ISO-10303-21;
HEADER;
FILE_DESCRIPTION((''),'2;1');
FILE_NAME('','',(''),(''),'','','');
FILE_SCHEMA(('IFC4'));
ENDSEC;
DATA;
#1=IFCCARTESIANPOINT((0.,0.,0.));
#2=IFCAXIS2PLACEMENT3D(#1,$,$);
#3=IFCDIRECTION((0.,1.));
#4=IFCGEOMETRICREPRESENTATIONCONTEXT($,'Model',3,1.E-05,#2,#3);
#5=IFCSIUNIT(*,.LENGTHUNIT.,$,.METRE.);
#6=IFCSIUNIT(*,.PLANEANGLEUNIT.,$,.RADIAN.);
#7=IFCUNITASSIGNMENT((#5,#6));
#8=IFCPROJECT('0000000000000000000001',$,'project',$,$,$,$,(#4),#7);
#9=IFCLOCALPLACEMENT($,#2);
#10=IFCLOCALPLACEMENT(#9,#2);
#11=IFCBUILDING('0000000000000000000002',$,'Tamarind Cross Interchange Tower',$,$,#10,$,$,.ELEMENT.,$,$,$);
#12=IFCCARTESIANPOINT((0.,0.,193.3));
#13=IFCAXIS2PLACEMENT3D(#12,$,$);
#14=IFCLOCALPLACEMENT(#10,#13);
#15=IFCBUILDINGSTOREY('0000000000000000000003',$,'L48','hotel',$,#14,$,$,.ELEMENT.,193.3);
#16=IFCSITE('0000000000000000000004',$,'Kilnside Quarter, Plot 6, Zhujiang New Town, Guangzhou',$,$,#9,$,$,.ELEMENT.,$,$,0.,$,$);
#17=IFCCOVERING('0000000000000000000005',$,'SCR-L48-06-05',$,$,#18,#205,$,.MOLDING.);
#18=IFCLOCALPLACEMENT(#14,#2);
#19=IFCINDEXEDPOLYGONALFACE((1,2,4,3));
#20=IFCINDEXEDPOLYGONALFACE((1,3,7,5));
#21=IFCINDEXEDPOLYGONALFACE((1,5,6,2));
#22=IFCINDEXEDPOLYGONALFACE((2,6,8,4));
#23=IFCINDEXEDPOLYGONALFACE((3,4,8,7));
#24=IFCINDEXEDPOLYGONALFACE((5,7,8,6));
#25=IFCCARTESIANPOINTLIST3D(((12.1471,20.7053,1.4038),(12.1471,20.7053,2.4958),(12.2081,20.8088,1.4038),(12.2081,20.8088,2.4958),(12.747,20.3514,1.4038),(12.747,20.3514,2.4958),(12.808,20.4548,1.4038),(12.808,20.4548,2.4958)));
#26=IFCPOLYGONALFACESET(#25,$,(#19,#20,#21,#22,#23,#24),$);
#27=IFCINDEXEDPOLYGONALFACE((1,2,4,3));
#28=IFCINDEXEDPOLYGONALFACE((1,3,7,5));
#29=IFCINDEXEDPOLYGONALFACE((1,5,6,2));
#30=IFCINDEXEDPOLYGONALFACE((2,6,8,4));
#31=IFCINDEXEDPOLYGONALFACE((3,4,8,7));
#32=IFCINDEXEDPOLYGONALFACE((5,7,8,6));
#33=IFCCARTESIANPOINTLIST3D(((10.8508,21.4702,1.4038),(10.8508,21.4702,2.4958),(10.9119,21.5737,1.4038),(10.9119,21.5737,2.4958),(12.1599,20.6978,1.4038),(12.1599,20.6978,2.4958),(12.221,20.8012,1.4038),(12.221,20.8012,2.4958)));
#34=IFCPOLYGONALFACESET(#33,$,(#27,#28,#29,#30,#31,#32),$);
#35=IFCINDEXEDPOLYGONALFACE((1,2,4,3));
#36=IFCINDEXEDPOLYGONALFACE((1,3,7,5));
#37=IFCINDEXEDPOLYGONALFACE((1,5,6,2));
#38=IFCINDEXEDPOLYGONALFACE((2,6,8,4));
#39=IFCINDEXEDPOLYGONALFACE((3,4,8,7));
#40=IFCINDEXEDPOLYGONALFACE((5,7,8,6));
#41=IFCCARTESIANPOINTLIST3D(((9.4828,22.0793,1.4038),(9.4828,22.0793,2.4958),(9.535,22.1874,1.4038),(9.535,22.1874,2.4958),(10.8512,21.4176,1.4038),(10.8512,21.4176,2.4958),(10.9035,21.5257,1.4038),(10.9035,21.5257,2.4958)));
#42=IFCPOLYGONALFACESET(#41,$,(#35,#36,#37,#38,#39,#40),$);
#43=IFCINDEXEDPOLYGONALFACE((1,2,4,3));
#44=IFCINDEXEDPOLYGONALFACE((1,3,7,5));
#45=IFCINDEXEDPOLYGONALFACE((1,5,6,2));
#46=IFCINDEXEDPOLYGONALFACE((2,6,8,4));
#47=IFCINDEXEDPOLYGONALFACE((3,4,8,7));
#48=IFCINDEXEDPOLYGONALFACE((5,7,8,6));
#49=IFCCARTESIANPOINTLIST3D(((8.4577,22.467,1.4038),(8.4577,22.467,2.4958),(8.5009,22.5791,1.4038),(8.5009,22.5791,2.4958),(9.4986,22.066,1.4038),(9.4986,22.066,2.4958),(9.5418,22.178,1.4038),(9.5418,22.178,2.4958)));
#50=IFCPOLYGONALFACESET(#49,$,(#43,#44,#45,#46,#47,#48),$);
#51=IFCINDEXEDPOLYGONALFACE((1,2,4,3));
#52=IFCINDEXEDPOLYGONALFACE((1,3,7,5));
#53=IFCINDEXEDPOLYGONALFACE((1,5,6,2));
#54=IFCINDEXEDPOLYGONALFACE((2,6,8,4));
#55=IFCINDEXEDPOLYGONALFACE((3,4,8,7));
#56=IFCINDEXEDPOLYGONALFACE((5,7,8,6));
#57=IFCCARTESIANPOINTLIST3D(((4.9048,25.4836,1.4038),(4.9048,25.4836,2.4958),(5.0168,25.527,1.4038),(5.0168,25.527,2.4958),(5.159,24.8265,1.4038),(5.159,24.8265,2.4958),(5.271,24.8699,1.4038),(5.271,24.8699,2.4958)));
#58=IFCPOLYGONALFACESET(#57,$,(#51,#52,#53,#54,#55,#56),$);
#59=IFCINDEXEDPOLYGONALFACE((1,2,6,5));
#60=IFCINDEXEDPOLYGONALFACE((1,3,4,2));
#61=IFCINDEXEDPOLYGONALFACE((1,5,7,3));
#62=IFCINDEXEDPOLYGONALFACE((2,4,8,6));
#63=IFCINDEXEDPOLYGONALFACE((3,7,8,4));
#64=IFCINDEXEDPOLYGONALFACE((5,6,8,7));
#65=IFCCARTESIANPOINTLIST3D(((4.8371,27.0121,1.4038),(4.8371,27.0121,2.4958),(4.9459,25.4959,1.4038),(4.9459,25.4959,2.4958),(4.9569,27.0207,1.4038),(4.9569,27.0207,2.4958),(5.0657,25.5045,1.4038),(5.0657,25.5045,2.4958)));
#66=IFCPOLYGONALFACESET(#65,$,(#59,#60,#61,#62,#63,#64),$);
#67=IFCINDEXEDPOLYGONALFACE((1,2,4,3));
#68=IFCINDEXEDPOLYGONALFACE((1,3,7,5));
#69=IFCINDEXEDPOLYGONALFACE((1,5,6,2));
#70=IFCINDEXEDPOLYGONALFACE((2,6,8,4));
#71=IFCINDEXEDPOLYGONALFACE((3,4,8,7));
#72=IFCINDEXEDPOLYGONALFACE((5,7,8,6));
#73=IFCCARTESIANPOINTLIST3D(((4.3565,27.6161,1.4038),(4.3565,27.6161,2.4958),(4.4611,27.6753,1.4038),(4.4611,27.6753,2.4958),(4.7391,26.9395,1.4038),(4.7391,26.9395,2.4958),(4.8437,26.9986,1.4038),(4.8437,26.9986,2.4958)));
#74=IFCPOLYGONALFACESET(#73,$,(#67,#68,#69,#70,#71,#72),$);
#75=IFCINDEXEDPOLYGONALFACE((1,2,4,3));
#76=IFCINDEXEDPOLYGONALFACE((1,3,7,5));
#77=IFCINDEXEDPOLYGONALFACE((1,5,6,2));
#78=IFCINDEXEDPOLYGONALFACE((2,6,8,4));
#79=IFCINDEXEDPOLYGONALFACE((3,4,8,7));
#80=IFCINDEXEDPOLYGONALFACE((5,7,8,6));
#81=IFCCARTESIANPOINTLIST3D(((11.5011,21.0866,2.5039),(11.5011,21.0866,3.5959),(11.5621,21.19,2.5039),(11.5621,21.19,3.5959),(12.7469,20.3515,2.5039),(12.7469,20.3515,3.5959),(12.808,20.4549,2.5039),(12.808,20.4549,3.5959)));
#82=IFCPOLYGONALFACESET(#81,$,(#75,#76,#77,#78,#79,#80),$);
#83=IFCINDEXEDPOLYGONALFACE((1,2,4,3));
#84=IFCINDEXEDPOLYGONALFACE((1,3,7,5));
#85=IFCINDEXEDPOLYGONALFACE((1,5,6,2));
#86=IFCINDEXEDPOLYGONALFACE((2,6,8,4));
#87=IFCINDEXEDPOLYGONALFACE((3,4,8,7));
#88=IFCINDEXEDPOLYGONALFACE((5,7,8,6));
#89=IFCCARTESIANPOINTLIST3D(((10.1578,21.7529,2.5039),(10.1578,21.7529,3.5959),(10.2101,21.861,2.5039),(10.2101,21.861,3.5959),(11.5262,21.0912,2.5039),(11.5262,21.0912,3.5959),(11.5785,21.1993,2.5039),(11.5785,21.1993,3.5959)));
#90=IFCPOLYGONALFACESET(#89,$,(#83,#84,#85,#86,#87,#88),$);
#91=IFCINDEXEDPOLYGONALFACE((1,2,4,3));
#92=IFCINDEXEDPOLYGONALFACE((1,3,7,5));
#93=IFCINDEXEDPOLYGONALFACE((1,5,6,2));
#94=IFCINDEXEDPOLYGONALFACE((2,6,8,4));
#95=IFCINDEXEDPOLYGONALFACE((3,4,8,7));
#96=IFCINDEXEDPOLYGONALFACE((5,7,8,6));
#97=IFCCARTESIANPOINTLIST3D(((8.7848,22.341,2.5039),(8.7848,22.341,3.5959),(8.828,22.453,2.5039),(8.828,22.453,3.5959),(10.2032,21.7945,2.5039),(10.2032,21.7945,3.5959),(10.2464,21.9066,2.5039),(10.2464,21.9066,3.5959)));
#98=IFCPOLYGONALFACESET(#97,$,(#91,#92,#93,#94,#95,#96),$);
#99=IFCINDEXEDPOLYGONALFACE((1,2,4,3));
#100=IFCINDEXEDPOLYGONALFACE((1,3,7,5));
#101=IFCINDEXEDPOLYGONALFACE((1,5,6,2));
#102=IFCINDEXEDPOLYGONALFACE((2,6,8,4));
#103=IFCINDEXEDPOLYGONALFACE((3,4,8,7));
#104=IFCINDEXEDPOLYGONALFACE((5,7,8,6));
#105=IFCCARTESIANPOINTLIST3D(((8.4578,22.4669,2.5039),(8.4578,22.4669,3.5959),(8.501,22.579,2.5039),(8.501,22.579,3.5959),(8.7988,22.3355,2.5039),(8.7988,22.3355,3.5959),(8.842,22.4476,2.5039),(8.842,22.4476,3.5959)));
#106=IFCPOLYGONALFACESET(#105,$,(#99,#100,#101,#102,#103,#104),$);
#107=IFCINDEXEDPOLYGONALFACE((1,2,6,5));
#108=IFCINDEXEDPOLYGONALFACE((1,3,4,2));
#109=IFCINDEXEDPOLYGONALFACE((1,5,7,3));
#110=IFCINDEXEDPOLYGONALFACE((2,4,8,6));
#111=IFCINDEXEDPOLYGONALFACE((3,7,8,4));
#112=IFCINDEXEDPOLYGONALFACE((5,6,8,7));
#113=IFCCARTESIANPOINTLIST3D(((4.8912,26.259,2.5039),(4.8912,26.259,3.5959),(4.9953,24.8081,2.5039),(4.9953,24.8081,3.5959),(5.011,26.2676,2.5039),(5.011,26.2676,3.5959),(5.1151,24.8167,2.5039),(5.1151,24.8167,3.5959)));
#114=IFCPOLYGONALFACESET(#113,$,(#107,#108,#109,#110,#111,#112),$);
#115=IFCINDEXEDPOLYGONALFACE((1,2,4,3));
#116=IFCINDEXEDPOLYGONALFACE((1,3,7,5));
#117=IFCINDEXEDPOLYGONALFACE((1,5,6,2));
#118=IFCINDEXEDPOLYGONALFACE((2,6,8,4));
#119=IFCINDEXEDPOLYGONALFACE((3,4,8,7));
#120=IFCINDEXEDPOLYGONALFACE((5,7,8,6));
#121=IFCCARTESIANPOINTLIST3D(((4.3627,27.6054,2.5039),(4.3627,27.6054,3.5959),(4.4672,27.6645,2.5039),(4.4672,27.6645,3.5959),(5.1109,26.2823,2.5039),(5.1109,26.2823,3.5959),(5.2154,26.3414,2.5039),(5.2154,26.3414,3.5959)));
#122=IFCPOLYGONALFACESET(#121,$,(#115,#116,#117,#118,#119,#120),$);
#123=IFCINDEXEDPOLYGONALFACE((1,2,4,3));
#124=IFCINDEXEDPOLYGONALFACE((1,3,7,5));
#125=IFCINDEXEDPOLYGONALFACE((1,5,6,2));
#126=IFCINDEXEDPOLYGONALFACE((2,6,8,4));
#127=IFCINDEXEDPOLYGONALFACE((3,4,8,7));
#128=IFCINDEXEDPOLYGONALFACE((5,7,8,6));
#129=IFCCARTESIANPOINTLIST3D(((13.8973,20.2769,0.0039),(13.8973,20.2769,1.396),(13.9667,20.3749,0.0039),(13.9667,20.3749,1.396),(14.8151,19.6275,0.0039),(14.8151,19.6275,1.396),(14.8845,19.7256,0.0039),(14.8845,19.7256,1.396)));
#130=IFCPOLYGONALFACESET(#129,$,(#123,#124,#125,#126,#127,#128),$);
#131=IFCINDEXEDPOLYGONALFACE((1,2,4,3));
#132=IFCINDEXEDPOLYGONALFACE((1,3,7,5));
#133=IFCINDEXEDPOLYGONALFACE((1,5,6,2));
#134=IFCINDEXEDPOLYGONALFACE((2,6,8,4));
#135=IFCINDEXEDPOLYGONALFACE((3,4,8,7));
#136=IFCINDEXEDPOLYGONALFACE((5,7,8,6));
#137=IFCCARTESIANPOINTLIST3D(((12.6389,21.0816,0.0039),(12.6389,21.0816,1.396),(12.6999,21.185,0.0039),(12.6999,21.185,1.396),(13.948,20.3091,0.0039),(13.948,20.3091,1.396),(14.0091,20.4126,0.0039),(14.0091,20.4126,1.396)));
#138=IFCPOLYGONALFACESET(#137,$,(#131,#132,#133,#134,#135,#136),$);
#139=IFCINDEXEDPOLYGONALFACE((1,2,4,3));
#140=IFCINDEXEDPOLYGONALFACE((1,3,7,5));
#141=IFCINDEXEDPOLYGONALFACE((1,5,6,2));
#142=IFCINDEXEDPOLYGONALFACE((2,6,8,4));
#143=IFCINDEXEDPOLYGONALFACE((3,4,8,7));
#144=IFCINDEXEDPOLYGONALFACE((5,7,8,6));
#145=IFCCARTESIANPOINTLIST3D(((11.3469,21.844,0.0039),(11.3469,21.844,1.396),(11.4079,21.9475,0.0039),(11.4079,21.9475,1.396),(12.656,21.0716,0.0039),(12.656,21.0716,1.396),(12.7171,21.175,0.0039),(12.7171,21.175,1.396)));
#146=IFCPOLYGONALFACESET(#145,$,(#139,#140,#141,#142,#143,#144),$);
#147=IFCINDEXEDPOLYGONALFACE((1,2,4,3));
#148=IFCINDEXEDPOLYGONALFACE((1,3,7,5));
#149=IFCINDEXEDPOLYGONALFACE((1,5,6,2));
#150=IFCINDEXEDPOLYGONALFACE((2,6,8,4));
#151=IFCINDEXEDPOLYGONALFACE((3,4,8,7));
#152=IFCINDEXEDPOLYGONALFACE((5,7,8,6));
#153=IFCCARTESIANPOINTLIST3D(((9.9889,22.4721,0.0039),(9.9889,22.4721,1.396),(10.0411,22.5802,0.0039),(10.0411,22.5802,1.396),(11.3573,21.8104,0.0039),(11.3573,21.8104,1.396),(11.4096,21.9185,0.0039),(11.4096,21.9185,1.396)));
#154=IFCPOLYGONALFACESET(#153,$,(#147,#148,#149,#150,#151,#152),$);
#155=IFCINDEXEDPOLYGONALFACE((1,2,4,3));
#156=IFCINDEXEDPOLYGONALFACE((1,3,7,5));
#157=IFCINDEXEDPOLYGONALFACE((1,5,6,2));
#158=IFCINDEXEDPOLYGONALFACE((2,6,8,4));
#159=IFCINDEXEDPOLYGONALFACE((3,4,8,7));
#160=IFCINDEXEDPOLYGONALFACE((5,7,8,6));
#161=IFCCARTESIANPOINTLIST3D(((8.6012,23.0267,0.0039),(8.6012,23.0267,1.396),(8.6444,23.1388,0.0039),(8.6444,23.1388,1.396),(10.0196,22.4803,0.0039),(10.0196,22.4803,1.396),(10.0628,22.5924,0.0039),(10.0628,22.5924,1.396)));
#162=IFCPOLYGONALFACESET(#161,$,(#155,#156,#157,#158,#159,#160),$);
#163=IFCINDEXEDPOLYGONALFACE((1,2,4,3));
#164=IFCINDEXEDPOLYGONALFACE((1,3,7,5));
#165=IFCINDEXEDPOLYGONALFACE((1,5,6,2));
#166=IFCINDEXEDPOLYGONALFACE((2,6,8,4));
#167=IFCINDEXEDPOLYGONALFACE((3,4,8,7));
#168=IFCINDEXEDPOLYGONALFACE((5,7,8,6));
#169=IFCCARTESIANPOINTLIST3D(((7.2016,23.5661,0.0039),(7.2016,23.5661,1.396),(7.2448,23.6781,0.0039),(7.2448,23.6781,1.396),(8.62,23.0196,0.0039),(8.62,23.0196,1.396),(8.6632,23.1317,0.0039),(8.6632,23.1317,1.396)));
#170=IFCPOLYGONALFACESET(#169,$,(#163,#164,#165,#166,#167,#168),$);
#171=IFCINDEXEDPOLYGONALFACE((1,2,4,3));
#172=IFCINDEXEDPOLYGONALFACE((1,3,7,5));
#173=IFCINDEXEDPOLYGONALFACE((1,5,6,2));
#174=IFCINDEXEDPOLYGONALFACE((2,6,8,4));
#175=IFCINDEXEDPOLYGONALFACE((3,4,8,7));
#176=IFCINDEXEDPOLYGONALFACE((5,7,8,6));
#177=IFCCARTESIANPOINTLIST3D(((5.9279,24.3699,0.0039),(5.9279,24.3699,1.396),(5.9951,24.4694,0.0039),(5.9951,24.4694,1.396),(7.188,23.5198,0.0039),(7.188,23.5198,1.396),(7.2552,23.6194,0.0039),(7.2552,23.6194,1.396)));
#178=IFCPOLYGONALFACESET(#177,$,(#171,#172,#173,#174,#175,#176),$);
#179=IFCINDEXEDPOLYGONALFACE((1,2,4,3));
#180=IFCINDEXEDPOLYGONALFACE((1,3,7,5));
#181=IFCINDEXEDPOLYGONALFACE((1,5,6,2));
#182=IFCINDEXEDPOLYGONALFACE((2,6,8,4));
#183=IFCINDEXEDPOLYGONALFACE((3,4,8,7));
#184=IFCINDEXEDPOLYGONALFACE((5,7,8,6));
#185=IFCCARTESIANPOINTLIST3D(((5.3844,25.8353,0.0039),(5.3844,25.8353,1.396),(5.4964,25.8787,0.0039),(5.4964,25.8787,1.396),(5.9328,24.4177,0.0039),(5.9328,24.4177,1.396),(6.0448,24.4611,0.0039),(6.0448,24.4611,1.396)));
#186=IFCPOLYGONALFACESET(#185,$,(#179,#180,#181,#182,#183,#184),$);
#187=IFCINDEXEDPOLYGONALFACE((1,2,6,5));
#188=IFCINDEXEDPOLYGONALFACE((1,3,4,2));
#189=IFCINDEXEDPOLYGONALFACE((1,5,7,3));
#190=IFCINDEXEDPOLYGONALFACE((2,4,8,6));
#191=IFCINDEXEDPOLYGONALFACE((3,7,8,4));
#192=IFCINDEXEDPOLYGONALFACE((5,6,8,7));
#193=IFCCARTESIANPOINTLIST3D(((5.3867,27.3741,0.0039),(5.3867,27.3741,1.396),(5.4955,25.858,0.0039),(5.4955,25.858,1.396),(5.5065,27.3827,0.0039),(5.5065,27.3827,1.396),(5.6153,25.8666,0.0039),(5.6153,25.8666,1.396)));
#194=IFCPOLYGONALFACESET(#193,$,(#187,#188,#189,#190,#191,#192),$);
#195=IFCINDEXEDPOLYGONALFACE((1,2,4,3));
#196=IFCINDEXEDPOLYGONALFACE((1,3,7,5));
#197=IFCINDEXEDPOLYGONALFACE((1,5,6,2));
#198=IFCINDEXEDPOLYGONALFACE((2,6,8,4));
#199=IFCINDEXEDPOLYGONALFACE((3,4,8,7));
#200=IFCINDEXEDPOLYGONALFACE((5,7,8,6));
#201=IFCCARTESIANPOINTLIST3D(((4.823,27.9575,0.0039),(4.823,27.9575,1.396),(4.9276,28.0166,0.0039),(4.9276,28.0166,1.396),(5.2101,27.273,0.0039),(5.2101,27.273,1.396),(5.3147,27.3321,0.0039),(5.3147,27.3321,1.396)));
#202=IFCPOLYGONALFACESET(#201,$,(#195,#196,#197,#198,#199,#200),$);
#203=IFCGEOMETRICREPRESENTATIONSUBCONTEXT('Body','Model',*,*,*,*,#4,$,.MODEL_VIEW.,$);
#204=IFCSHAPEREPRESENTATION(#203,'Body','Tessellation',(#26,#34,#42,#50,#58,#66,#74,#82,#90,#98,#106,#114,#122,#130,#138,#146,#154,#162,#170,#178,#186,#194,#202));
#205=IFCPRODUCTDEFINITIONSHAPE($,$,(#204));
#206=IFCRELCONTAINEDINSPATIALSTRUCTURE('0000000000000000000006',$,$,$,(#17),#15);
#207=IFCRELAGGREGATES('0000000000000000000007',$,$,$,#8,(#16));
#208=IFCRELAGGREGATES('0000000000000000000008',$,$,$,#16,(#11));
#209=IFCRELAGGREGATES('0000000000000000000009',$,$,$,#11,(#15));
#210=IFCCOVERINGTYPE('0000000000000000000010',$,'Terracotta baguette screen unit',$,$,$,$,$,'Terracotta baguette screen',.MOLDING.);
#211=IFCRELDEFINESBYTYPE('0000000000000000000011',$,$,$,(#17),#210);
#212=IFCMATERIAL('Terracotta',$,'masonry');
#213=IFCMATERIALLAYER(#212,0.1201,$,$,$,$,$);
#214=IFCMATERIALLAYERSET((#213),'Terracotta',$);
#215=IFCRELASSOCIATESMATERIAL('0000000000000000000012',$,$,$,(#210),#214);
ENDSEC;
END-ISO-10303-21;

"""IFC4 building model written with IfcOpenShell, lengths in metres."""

from ifc_helpers import new_model, si_unit, direction, frame, origin, origin_2d, place, context, subcontext, project, spatial, rectangle, extrude, material, layer, layer_set, type_object, element, save


model = new_model("IFC4")

# Units and contexts
model_context = context("Model", 3, precision=1e-05, world=origin(), true_north=direction((0.0, 1.0)))
body_context = subcontext(model_context, "Body", "Model", "MODEL_VIEW")
ifc_project = project(units=[si_unit("LENGTHUNIT", "METRE"), si_unit("PLANEANGLEUNIT", "RADIAN")], contexts=[model_context])

# Site, building, storey
site_placement = place(None, origin())
site = spatial("IfcSite", under=ifc_project, at=site_placement, Name="Kilnside Quarter, Plot 6, Zhujiang New Town, Guangzhou", CompositionType="ELEMENT", RefElevation=0.0)
building_placement = place(site_placement, origin())
building = spatial("IfcBuilding", under=site, at=building_placement, Name="Tamarind Cross Interchange Tower", CompositionType="ELEMENT")
storey_placement = place(building_placement, frame((0.0, 0.0, 193.3)))
storey = spatial("IfcBuildingStorey", under=building, at=storey_placement, Name="L48", Description="hotel", CompositionType="ELEMENT", Elevation=193.3)

# Covering
ifc_material_1 = material(Name="Terracotta", Category="masonry")
ifc_layer_1 = layer(ifc_material_1, 0.1201)
ifc_layer_set_1 = layer_set([ifc_layer_1], Name="Terracotta")
covering_type = type_object("IfcCoveringType", Name="Terracotta baguette screen unit", ElementType="Terracotta baguette screen", PredefinedType="MOLDING", material=ifc_layer_set_1)
covering_1_placement = place(storey_placement, origin())
element("IfcCovering", 1, at=covering_1_placement, inside=storey, type_object=covering_type, Name="SCR-L48-06-05", PredefinedType="MOLDING", context=body_context, shape_type="SweptSolid", body=[
    extrude(rectangle(XDim=0.6965, YDim=0.1201, at=origin_2d()), frame((12.4775, 20.5801, 1.4038), z_axis=(0.0, 0.0, 1.0), x_axis=(-0.861249, 0.508183, 0.0)), (0.0, 0.0, 1.0), 1.092),
    extrude(rectangle(XDim=1.52, YDim=0.1201, at=origin_2d()), frame((11.5359, 21.1357, 1.4038), z_axis=(0.0, 0.0, 1.0), x_axis=(-0.861249, 0.508183, 0.0)), (0.0, 0.0, 1.0), 1.092),
    extrude(rectangle(XDim=1.52, YDim=0.1201, at=origin_2d()), frame((10.1931, 21.8025, 1.4038), z_axis=(0.0, 0.0, 1.0), x_axis=(-0.900273, 0.435326, 0.0)), (0.0, 0.0, 1.0), 1.092),
    extrude(rectangle(XDim=1.1155, YDim=0.1201, at=origin_2d()), frame((8.9998, 22.3225, 1.4038), z_axis=(0.0, 0.0, 1.0), x_axis=(-0.933147, 0.359495, 0.0)), (0.0, 0.0, 1.0), 1.092),
    extrude(rectangle(XDim=0.7046, YDim=0.1201, at=origin_2d()), frame((5.0879, 25.1768, 1.4038), z_axis=(0.0, 0.0, 1.0), x_axis=(-0.360832, 0.932631, 0.0)), (0.0, 0.0, 1.0), 1.092),
    extrude(rectangle(XDim=1.52, YDim=0.1201, at=origin_2d()), frame((4.9514, 26.2583, 1.4038), z_axis=(0.0, 0.0, 1.0), x_axis=(-0.071577, 0.997435, 0.0)), (0.0, 0.0, 1.0), 1.092),
    extrude(rectangle(XDim=0.7773, YDim=0.1201, at=origin_2d()), frame((4.6001, 27.3074, 1.4038), z_axis=(0.0, 0.0, 1.0), x_axis=(-0.492232, 0.870464, 0.0)), (0.0, 0.0, 1.0), 1.092),
    extrude(rectangle(XDim=1.4465, YDim=0.1201, at=origin_2d()), frame((12.1545, 20.7708, 2.5039), z_axis=(0.0, 0.0, 1.0), x_axis=(-0.861249, 0.508183, 0.0)), (0.0, 0.0, 1.0), 1.092),
    extrude(rectangle(XDim=1.52, YDim=0.1201, at=origin_2d()), frame((10.8682, 21.4761, 2.5039), z_axis=(0.0, 0.0, 1.0), x_axis=(-0.900273, 0.435326, 0.0)), (0.0, 0.0, 1.0), 1.092),
    extrude(rectangle(XDim=1.52, YDim=0.1201, at=origin_2d()), frame((9.5156, 22.1238, 2.5039), z_axis=(0.0, 0.0, 1.0), x_axis=(-0.933147, 0.359495, 0.0)), (0.0, 0.0, 1.0), 1.092),
    extrude(rectangle(XDim=0.3655, YDim=0.1201, at=origin_2d()), frame((8.6499, 22.4573, 2.5039), z_axis=(0.0, 0.0, 1.0), x_axis=(-0.933147, 0.359495, 0.0)), (0.0, 0.0, 1.0), 1.092),
    extrude(rectangle(XDim=1.4546, YDim=0.1201, at=origin_2d()), frame((5.0032, 25.5378, 2.5039), z_axis=(0.0, 0.0, 1.0), x_axis=(-0.071577, 0.997435, 0.0)), (0.0, 0.0, 1.0), 1.092),
    extrude(rectangle(XDim=1.52, YDim=0.1201, at=origin_2d()), frame((4.7891, 26.9734, 2.5039), z_axis=(0.0, 0.0, 1.0), x_axis=(-0.492232, 0.870464, 0.0)), (0.0, 0.0, 1.0), 1.092),
    extrude(rectangle(XDim=1.1243, YDim=0.1201, at=origin_2d()), frame((14.3909, 20.0012, 0.0039), z_axis=(0.0, 0.0, 1.0), x_axis=(-0.816342, 0.577569, 0.0)), (0.0, 0.0, 1.0), 1.3921),
    extrude(rectangle(XDim=1.52, YDim=0.1201, at=origin_2d()), frame((13.324, 20.7471, 0.0039), z_axis=(0.0, 0.0, 1.0), x_axis=(-0.861249, 0.508183, 0.0)), (0.0, 0.0, 1.0), 1.3921),
    extrude(rectangle(XDim=1.52, YDim=0.1201, at=origin_2d()), frame((12.032, 21.5095, 0.0039), z_axis=(0.0, 0.0, 1.0), x_axis=(-0.861249, 0.508183, 0.0)), (0.0, 0.0, 1.0), 1.3921),
    extrude(rectangle(XDim=1.52, YDim=0.1201, at=origin_2d()), frame((10.6992, 22.1953, 0.0039), z_axis=(0.0, 0.0, 1.0), x_axis=(-0.900273, 0.435326, 0.0)), (0.0, 0.0, 1.0), 1.3921),
    extrude(rectangle(XDim=1.52, YDim=0.1201, at=origin_2d()), frame((9.332, 22.8096, 0.0039), z_axis=(0.0, 0.0, 1.0), x_axis=(-0.933147, 0.359495, 0.0)), (0.0, 0.0, 1.0), 1.3921),
    extrude(rectangle(XDim=1.52, YDim=0.1201, at=origin_2d()), frame((7.9324, 23.3489, 0.0039), z_axis=(0.0, 0.0, 1.0), x_axis=(-0.933147, 0.359495, 0.0)), (0.0, 0.0, 1.0), 1.3921),
    extrude(rectangle(XDim=1.52, YDim=0.1201, at=origin_2d()), frame((6.5916, 23.9946, 0.0039), z_axis=(0.0, 0.0, 1.0), x_axis=(-0.829016, 0.559225, 0.0)), (0.0, 0.0, 1.0), 1.3921),
    extrude(rectangle(XDim=1.52, YDim=0.1201, at=origin_2d()), frame((5.7146, 25.1482, 0.0039), z_axis=(0.0, 0.0, 1.0), x_axis=(-0.360832, 0.932631, 0.0)), (0.0, 0.0, 1.0), 1.3921),
    extrude(rectangle(XDim=1.52, YDim=0.1201, at=origin_2d()), frame((5.501, 26.6204, 0.0039), z_axis=(0.0, 0.0, 1.0), x_axis=(-0.071577, 0.997435, 0.0)), (0.0, 0.0, 1.0), 1.3921),
    extrude(rectangle(XDim=0.7864, YDim=0.1201, at=origin_2d()), frame((5.0688, 27.6448, 0.0039), z_axis=(0.0, 0.0, 1.0), x_axis=(-0.492232, 0.870464, 0.0)), (0.0, 0.0, 1.0), 1.3921),
])

save(model, "model.ifc")
